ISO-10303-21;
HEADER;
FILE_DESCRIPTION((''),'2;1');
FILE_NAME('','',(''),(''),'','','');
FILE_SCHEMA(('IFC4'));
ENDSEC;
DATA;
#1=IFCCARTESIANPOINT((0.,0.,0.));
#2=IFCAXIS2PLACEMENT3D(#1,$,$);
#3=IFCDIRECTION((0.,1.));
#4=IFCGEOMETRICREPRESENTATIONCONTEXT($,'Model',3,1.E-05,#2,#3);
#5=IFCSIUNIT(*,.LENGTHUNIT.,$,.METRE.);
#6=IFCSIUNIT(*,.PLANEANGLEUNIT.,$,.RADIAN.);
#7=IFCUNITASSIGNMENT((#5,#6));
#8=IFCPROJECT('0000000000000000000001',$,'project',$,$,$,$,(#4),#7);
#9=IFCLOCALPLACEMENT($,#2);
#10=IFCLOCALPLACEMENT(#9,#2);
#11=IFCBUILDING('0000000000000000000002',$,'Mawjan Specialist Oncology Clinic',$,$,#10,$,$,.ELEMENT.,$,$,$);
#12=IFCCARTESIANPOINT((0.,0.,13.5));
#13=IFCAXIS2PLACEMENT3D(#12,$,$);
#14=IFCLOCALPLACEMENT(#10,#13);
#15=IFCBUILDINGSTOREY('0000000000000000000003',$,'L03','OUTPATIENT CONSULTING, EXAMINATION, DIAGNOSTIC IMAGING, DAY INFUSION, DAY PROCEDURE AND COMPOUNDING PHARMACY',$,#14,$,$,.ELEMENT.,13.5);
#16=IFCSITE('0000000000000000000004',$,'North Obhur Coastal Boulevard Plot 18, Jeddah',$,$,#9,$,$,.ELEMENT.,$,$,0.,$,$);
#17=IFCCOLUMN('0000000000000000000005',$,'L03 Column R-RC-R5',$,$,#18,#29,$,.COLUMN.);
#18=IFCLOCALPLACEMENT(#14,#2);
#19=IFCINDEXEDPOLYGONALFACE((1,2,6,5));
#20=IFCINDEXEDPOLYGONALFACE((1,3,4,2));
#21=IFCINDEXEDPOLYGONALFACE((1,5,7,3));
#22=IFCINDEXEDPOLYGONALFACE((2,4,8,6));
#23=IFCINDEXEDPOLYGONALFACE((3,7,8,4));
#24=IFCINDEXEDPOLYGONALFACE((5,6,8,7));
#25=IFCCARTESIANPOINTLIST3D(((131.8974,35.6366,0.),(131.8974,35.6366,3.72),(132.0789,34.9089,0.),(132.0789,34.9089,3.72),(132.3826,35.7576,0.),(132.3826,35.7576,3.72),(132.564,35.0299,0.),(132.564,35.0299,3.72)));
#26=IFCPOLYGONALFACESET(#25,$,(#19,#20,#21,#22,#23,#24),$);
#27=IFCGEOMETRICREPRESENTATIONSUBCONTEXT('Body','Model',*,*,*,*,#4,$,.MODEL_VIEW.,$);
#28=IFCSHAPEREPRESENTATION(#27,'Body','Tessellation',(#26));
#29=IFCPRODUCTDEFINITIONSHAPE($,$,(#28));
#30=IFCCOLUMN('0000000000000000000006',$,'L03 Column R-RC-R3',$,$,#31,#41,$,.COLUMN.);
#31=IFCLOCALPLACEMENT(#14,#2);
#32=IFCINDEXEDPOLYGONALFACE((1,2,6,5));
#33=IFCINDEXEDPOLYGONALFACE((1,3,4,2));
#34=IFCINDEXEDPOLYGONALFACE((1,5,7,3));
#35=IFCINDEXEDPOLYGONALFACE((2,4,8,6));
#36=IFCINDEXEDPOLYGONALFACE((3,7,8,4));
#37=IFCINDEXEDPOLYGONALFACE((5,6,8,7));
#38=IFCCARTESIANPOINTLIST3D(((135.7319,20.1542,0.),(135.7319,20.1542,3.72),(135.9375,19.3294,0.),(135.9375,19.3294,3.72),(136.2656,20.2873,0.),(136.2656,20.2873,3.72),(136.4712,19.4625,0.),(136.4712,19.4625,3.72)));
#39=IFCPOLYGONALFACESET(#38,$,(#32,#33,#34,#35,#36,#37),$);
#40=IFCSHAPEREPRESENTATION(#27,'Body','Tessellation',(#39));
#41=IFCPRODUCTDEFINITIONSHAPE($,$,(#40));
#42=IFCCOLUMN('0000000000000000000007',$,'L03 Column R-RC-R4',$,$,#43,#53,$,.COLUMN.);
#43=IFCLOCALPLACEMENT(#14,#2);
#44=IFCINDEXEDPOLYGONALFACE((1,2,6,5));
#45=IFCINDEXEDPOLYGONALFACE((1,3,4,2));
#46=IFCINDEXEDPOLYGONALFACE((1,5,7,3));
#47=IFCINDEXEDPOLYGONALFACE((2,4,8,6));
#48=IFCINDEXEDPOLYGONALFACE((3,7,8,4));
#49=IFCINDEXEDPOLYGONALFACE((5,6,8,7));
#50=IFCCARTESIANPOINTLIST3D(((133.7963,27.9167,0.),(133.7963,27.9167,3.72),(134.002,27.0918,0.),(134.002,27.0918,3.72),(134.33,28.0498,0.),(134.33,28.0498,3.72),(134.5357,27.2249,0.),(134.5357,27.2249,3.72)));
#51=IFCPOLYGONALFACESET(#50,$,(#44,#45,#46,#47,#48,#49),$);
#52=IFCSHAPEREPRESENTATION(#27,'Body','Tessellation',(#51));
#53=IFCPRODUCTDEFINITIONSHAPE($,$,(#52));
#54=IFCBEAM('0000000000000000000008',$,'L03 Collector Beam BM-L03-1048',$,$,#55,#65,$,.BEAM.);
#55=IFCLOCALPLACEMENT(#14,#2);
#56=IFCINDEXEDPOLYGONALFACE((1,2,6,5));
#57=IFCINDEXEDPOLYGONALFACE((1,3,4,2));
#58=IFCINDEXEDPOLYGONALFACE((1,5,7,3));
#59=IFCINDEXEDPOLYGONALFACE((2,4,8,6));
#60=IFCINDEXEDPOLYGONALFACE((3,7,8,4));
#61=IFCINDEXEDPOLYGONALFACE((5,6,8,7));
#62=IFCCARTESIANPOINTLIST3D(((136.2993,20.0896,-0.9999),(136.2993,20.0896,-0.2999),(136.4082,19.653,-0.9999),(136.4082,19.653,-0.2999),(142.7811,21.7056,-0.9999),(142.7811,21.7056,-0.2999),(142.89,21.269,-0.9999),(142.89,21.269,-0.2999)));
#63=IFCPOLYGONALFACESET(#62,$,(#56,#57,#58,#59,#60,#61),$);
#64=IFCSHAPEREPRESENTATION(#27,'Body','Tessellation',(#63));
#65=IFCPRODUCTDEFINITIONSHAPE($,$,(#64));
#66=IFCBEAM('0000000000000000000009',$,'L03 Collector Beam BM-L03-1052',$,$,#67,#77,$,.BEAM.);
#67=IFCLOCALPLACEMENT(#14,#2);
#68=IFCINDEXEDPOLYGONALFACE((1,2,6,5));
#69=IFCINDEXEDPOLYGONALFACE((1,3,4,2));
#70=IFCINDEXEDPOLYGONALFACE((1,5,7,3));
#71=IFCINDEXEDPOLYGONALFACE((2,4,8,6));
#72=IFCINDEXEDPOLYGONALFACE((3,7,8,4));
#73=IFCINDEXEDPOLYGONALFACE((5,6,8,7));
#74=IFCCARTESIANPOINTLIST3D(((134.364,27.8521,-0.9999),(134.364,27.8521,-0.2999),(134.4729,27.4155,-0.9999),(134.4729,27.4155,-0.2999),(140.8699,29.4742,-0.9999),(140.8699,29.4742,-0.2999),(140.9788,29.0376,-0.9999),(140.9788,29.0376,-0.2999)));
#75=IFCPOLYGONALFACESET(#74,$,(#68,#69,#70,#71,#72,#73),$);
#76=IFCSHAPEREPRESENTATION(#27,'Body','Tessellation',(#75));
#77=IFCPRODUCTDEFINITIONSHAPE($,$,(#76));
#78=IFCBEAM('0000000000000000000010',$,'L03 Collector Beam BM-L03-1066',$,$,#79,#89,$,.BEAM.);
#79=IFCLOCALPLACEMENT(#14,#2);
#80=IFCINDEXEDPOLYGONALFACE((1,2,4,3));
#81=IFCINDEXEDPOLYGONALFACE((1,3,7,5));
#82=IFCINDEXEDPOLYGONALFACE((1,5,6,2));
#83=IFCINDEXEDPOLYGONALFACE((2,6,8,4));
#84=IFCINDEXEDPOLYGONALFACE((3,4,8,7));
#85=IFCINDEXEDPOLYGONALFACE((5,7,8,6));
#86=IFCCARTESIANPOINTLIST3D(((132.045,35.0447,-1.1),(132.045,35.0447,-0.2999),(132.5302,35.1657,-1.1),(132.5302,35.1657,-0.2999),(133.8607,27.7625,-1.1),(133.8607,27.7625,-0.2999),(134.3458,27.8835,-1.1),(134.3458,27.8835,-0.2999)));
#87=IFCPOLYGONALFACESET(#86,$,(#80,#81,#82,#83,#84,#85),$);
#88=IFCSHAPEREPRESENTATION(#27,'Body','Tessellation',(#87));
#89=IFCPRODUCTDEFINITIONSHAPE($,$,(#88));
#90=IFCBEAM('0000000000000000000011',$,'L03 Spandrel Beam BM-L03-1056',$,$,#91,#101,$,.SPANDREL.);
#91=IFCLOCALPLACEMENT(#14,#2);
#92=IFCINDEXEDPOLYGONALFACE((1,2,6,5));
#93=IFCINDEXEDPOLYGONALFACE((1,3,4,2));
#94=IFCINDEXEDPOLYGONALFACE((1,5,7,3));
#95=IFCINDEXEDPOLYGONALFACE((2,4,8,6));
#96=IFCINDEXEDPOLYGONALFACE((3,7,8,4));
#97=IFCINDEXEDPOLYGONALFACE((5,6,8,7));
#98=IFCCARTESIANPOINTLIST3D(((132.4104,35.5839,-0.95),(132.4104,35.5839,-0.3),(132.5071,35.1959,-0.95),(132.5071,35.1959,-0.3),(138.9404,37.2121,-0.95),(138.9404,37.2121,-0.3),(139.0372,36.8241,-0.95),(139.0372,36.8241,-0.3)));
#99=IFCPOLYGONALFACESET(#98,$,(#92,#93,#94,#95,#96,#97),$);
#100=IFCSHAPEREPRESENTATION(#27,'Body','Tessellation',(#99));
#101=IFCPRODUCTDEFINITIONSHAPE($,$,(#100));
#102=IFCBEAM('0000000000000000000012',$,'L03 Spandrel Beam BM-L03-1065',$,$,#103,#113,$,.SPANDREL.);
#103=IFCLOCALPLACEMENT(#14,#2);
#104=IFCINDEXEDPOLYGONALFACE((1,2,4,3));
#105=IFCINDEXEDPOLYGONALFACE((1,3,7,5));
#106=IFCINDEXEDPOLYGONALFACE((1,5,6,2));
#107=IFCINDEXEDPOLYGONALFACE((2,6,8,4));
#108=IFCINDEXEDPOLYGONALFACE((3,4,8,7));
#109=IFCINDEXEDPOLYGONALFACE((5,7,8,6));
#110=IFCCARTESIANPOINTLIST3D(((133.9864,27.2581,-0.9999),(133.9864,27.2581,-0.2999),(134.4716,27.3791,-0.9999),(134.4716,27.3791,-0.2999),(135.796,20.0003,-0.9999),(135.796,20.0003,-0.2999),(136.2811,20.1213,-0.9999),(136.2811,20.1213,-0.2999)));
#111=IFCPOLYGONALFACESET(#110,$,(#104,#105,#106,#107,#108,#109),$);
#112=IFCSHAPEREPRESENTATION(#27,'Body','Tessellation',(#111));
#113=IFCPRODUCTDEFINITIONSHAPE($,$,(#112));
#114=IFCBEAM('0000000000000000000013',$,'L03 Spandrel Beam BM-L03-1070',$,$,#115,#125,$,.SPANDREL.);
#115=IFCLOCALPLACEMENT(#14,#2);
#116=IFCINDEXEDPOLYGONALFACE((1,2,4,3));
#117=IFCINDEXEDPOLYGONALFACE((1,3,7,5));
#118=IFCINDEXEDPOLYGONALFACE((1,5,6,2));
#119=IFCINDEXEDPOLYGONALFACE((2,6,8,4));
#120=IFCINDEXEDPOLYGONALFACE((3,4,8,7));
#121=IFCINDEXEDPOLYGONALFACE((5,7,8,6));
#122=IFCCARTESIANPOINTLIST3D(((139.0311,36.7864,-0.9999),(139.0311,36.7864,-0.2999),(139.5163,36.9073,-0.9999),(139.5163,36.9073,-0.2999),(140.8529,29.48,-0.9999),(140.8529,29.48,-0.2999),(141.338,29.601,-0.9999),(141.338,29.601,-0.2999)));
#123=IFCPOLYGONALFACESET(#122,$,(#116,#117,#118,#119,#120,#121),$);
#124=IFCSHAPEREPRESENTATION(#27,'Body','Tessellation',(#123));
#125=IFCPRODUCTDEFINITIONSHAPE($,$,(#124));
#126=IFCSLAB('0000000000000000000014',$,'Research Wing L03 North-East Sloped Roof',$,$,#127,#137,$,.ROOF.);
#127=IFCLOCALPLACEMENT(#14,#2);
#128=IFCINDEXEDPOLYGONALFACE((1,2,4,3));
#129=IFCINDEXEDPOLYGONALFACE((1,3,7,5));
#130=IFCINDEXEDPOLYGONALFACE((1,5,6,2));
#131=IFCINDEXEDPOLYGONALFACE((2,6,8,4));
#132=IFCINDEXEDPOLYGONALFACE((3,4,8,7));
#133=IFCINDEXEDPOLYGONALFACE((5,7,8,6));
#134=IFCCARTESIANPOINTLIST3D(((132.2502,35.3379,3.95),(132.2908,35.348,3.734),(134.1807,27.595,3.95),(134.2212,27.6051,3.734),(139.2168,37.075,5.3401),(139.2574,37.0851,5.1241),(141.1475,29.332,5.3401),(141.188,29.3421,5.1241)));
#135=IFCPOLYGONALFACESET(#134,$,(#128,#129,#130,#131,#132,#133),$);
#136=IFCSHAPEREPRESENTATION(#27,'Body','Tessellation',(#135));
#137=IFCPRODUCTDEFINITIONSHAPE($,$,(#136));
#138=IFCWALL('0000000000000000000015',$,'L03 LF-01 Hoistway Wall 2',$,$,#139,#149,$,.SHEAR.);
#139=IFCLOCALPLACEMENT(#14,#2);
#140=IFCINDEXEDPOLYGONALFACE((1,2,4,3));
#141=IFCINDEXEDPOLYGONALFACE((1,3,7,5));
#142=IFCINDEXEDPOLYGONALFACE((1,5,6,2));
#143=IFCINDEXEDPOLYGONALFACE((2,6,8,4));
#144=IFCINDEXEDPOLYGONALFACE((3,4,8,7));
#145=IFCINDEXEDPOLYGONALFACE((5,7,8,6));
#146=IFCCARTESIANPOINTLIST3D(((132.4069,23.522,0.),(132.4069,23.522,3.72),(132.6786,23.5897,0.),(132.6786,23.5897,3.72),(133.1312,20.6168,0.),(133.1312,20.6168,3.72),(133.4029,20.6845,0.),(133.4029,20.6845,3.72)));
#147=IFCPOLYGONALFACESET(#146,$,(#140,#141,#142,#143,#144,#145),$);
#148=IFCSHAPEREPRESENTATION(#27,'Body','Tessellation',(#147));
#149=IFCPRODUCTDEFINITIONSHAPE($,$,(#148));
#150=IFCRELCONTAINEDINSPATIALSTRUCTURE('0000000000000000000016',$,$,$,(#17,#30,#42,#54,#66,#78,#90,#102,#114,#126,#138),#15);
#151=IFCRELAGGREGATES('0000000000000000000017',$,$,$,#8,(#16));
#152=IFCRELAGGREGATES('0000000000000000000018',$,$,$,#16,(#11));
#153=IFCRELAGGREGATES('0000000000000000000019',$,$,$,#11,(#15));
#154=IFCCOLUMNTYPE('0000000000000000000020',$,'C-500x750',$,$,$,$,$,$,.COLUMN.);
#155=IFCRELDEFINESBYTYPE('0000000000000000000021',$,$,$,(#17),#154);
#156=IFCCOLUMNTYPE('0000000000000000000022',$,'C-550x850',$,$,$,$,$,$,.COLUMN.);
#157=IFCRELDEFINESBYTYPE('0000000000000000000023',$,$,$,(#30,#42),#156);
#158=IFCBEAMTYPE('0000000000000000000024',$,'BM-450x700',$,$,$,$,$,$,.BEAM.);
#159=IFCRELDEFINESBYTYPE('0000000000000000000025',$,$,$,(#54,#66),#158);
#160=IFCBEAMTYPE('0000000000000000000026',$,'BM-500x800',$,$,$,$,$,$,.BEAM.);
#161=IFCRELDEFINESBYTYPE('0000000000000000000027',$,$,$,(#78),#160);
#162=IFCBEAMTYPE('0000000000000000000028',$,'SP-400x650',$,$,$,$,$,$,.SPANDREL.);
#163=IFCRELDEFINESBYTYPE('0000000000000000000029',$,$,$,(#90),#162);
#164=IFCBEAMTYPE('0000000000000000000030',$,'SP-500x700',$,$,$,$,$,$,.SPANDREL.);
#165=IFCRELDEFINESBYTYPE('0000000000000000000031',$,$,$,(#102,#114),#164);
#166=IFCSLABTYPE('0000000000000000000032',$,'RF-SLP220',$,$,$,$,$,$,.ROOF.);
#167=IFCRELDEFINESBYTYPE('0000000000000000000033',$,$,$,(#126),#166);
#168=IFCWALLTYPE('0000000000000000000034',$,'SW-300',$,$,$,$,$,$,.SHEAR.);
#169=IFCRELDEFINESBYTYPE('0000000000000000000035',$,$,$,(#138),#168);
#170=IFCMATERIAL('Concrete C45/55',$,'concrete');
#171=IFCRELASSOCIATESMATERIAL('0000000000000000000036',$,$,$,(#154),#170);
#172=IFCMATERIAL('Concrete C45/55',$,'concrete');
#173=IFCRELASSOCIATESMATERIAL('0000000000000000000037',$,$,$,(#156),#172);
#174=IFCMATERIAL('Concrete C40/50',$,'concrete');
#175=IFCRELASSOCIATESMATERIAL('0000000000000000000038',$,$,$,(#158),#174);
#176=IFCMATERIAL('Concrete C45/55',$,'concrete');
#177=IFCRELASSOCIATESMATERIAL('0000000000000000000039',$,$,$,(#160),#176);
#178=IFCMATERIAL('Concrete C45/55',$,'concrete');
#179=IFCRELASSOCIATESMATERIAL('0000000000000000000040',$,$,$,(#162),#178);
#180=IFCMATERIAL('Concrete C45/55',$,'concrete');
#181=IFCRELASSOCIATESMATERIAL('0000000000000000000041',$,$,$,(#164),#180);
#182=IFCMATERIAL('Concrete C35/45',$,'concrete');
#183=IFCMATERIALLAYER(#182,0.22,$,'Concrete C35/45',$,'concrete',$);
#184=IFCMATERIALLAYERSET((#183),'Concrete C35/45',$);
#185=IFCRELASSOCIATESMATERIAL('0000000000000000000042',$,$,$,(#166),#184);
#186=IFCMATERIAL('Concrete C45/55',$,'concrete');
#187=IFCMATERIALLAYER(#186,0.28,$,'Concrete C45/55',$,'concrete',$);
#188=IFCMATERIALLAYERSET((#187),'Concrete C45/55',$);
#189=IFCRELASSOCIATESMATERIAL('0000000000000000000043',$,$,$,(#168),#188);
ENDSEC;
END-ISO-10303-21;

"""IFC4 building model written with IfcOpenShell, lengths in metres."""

from ifc_helpers import new_model, si_unit, direction, frame, frame_2d, origin, origin_2d, place, context, subcontext, project, spatial, polyline, rectangle, outline, extrude, material, layer, layer_set, material_profile, profile_set, type_object, element, save


model = new_model("IFC4")

# Units and contexts
model_context = context("Model", 3, precision=1e-05, world=origin(), true_north=direction((0.0, 1.0)))
body_context = subcontext(model_context, "Body", "Model", "MODEL_VIEW")
ifc_project = project(units=[si_unit("LENGTHUNIT", "METRE"), si_unit("PLANEANGLEUNIT", "RADIAN")], contexts=[model_context])

# Site, building, storey
site_placement = place(None, origin())
site = spatial("IfcSite", under=ifc_project, at=site_placement, Name="North Obhur Coastal Boulevard Plot 18, Jeddah", CompositionType="ELEMENT", RefElevation=0.0)
building_placement = place(site_placement, origin())
building = spatial("IfcBuilding", under=site, at=building_placement, Name="Mawjan Specialist Oncology Clinic", CompositionType="ELEMENT")
storey_placement = place(building_placement, frame((0.0, 0.0, 13.5)))
storey = spatial("IfcBuildingStorey", under=building, at=storey_placement, Name="L03", Description="OUTPATIENT CONSULTING, EXAMINATION, DIAGNOSTIC IMAGING, DAY INFUSION, DAY PROCEDURE AND COMPOUNDING PHARMACY", CompositionType="ELEMENT", Elevation=13.5)

# Columns
ifc_material_1 = material(Name="Concrete C45/55", Category="concrete")
ifc_material_profile_1 = material_profile(ifc_material_1, rectangle(XDim=0.5, YDim=0.75, at=origin_2d()), Name="RC COL 500x750", Category="concrete")
ifc_profile_set_1 = profile_set([ifc_material_profile_1], Name="Concrete C45/55")
column_type_1 = type_object("IfcColumnType", Name="C-500x750", PredefinedType="COLUMN", material=ifc_profile_set_1)
column_placement = place(storey_placement, frame((132.2307, 35.3333, 0.0), z_axis=(0.0, 0.0, 1.0), x_axis=(0.970296, 0.241922, 0.0)))
element("IfcColumn", 1, at=column_placement, inside=storey, type_object=column_type_1, Name="L03 Column R-RC-R5", PredefinedType="COLUMN", context=body_context, shape_type="SweptSolid", body=[
    extrude(rectangle(XDim=0.5, YDim=0.75, at=origin_2d()), origin(), (0.0, 0.0, 1.0), 3.72),
])
ifc_material_2 = material(Name="Concrete C45/55", Category="concrete")
ifc_material_profile_2 = material_profile(ifc_material_2, rectangle(XDim=0.55, YDim=0.8501, at=origin_2d()), Name="RC COL 550x850", Category="concrete")
ifc_profile_set_2 = profile_set([ifc_material_profile_2], Name="Concrete C45/55")
column_type_2 = type_object("IfcColumnType", Name="C-550x850", PredefinedType="COLUMN", material=ifc_profile_set_2)
for number, where, z_axis, x_axis, name in (
    (2, (136.1016, 19.8083, 0.0), (0.0, 0.0, 1.0), (0.970296, 0.241922, 0.0), "L03 Column R-RC-R3"),
    (3, (134.166, 27.5708, 0.0), (0.0, 0.0, 1.0), (0.970296, 0.241922, 0.0), "L03 Column R-RC-R4"),
):
    element("IfcColumn", number, at=place(storey_placement, frame(where, z_axis=z_axis, x_axis=x_axis)), inside=storey, type_object=column_type_2, Name=name, PredefinedType="COLUMN", context=body_context, shape_type="SweptSolid", body=[
        extrude(rectangle(XDim=0.55, YDim=0.8501, at=origin_2d()), origin(), (0.0, 0.0, 1.0), 3.72),
    ])

# Beams
ifc_material_3 = material(Name="Concrete C40/50", Category="concrete")
ifc_material_profile_3 = material_profile(ifc_material_3, rectangle(XDim=0.45, YDim=0.7, at=origin_2d()), Name="RC BM 450x700", Category="concrete")
ifc_profile_set_3 = profile_set([ifc_material_profile_3], Name="Concrete C40/50")
beam_type_1 = type_object("IfcBeamType", Name="BM-450x700", PredefinedType="BEAM", material=ifc_profile_set_3)
beam_1_placement = place(storey_placement, frame((136.3538, 19.8713, -0.6499), z_axis=(0.970299, 0.241908, 0.0), x_axis=(-0.241908, 0.970299, 0.0)))
element("IfcBeam", 4, at=beam_1_placement, inside=storey, type_object=beam_type_1, Name="L03 Collector Beam BM-L03-1048", PredefinedType="BEAM", context=body_context, shape_type="SweptSolid", body=[
    extrude(rectangle(XDim=0.45, YDim=0.7, at=origin_2d()), origin(), (0.0, 0.0, 1.0), 6.6802),
])
beam_2_placement = place(storey_placement, frame((134.4185, 27.6338, -0.6499), z_axis=(0.970297, 0.241919, 0.0), x_axis=(-0.241919, 0.970297, 0.0)))
element("IfcBeam", 5, at=beam_2_placement, inside=storey, type_object=beam_type_1, Name="L03 Collector Beam BM-L03-1052", PredefinedType="BEAM", context=body_context, shape_type="SweptSolid", body=[
    extrude(rectangle(XDim=0.45, YDim=0.7, at=origin_2d()), origin(), (0.0, 0.0, 1.0), 6.7051),
])
ifc_material_4 = material(Name="Concrete C45/55", Category="concrete")
ifc_material_profile_4 = material_profile(ifc_material_4, rectangle(XDim=0.5, YDim=0.8, at=origin_2d()), Name="RC BM 500x800", Category="concrete")
ifc_profile_set_4 = profile_set([ifc_material_profile_4], Name="Concrete C45/55")
beam_type_2 = type_object("IfcBeamType", Name="BM-500x800", PredefinedType="BEAM", material=ifc_profile_set_4)
beam_3_placement = place(storey_placement, frame((134.1033, 27.823, -0.7), z_axis=(-0.241923, 0.970295, 0.0), x_axis=(-0.970295, -0.241923, 0.0)))
element("IfcBeam", 6, at=beam_3_placement, inside=storey, type_object=beam_type_2, Name="L03 Collector Beam BM-L03-1066", PredefinedType="BEAM", context=body_context, shape_type="SweptSolid", body=[
    extrude(rectangle(XDim=0.5, YDim=0.8, at=origin_2d()), origin(), (0.0, 0.0, 1.0), 7.5051),
])
ifc_material_5 = material(Name="Concrete C45/55", Category="concrete")
ifc_material_profile_5 = material_profile(ifc_material_5, rectangle(XDim=0.3999, YDim=0.6499, at=origin_2d()), Name="RC BM 400x650", Category="concrete")
ifc_profile_set_5 = profile_set([ifc_material_profile_5], Name="Concrete C45/55")
beam_type_3 = type_object("IfcBeamType", Name="SP-400x650", PredefinedType="SPANDREL", material=ifc_profile_set_5)
beam_4_placement = place(storey_placement, frame((132.4587, 35.3899, -0.625), z_axis=(0.970294, 0.24193, 0.0), x_axis=(-0.24193, 0.970294, 0.0)))
element("IfcBeam", 7, at=beam_4_placement, inside=storey, type_object=beam_type_3, Name="L03 Spandrel Beam BM-L03-1056", PredefinedType="SPANDREL", context=body_context, shape_type="SweptSolid", body=[
    extrude(rectangle(XDim=0.3999, YDim=0.6499, at=origin_2d()), origin(), (0.0, 0.0, 1.0), 6.73),
])
ifc_material_6 = material(Name="Concrete C45/55", Category="concrete")
ifc_material_profile_6 = material_profile(ifc_material_6, rectangle(XDim=0.5, YDim=0.7, at=origin_2d()), Name="RC BM 500x700", Category="concrete")
ifc_profile_set_6 = profile_set([ifc_material_profile_6], Name="Concrete C45/55")
beam_type_4 = type_object("IfcBeamType", Name="SP-500x700", PredefinedType="SPANDREL", material=ifc_profile_set_6)
beam_5_placement = place(storey_placement, frame((136.0386, 20.0608, -0.6499), z_axis=(-0.241921, 0.970296, 0.0), x_axis=(-0.970296, -0.241921, 0.0)))
element("IfcBeam", 8, at=beam_5_placement, inside=storey, type_object=beam_type_4, Name="L03 Spandrel Beam BM-L03-1065", PredefinedType="SPANDREL", context=body_context, shape_type="SweptSolid", body=[
    extrude(rectangle(XDim=0.5, YDim=0.7, at=origin_2d()), origin(), (0.0, 0.0, 1.0), 7.48),
])
beam_6_placement = place(storey_placement, frame((141.0955, 29.5405, -0.6499), z_axis=(-0.241933, 0.970293, 0.0), x_axis=(-0.970293, -0.241933, 0.0)))
element("IfcBeam", 9, at=beam_6_placement, inside=storey, type_object=beam_type_4, Name="L03 Spandrel Beam BM-L03-1070", PredefinedType="SPANDREL", context=body_context, shape_type="SweptSolid", body=[
    extrude(rectangle(XDim=0.5, YDim=0.7, at=origin_2d()), origin(), (0.0, 0.0, 1.0), 7.53),
])

# Slab
ifc_material_7 = material(Name="Concrete C35/45", Category="concrete")
ifc_layer_1 = layer(ifc_material_7, 0.22, Name="Concrete C35/45", Category="concrete")
ifc_layer_set_1 = layer_set([ifc_layer_1], Name="Concrete C35/45")
slab_type = type_object("IfcSlabType", Name="RF-SLP220", PredefinedType="ROOF", material=ifc_layer_set_1)
slab_placement = place(storey_placement, frame((134.1807, 27.595, 3.95), z_axis=(-0.184437, -0.045986, 0.981768), x_axis=(-0.24191, 0.970299, 0.000003)))
element("IfcSlab", 10, at=slab_placement, inside=storey, type_object=slab_type, Name="Research Wing L03 North-East Sloped Roof", PredefinedType="ROOF", context=body_context, shape_type="SweptSolid", body=[
    extrude(outline(polyline([(0.0, 0.0), (7.9799, 0.0), (7.9801, -7.3132), (0.0001, -7.3134), (0.0, 0.0)])), origin(), (0.0, 0.0, -1.0), 0.22),
])

# Wall
ifc_material_8 = material(Name="Concrete C45/55", Category="concrete")
ifc_layer_2 = layer(ifc_material_8, 0.28, Name="Concrete C45/55", Category="concrete")
ifc_layer_set_2 = layer_set([ifc_layer_2], Name="Concrete C45/55")
wall_type_1 = type_object("IfcWallType", Name="SW-300", PredefinedType="SHEAR", material=ifc_layer_set_2)
wall_1_placement = place(storey_placement, frame((133.2671, 20.6506, 0.0), z_axis=(0.0, 0.0, 1.0), x_axis=(-0.241922, 0.970296, 0.0)))
element("IfcWall", 11, at=wall_1_placement, inside=storey, type_object=wall_type_1, Name="L03 LF-01 Hoistway Wall 2", PredefinedType="SHEAR", context=body_context, shape_type="SweptSolid", body=[
    extrude(rectangle(XDim=2.9941, YDim=0.28, at=frame_2d((1.4971, 0.0))), origin(), (0.0, 0.0, 1.0), 3.72),
])

save(model, "model.ifc")
